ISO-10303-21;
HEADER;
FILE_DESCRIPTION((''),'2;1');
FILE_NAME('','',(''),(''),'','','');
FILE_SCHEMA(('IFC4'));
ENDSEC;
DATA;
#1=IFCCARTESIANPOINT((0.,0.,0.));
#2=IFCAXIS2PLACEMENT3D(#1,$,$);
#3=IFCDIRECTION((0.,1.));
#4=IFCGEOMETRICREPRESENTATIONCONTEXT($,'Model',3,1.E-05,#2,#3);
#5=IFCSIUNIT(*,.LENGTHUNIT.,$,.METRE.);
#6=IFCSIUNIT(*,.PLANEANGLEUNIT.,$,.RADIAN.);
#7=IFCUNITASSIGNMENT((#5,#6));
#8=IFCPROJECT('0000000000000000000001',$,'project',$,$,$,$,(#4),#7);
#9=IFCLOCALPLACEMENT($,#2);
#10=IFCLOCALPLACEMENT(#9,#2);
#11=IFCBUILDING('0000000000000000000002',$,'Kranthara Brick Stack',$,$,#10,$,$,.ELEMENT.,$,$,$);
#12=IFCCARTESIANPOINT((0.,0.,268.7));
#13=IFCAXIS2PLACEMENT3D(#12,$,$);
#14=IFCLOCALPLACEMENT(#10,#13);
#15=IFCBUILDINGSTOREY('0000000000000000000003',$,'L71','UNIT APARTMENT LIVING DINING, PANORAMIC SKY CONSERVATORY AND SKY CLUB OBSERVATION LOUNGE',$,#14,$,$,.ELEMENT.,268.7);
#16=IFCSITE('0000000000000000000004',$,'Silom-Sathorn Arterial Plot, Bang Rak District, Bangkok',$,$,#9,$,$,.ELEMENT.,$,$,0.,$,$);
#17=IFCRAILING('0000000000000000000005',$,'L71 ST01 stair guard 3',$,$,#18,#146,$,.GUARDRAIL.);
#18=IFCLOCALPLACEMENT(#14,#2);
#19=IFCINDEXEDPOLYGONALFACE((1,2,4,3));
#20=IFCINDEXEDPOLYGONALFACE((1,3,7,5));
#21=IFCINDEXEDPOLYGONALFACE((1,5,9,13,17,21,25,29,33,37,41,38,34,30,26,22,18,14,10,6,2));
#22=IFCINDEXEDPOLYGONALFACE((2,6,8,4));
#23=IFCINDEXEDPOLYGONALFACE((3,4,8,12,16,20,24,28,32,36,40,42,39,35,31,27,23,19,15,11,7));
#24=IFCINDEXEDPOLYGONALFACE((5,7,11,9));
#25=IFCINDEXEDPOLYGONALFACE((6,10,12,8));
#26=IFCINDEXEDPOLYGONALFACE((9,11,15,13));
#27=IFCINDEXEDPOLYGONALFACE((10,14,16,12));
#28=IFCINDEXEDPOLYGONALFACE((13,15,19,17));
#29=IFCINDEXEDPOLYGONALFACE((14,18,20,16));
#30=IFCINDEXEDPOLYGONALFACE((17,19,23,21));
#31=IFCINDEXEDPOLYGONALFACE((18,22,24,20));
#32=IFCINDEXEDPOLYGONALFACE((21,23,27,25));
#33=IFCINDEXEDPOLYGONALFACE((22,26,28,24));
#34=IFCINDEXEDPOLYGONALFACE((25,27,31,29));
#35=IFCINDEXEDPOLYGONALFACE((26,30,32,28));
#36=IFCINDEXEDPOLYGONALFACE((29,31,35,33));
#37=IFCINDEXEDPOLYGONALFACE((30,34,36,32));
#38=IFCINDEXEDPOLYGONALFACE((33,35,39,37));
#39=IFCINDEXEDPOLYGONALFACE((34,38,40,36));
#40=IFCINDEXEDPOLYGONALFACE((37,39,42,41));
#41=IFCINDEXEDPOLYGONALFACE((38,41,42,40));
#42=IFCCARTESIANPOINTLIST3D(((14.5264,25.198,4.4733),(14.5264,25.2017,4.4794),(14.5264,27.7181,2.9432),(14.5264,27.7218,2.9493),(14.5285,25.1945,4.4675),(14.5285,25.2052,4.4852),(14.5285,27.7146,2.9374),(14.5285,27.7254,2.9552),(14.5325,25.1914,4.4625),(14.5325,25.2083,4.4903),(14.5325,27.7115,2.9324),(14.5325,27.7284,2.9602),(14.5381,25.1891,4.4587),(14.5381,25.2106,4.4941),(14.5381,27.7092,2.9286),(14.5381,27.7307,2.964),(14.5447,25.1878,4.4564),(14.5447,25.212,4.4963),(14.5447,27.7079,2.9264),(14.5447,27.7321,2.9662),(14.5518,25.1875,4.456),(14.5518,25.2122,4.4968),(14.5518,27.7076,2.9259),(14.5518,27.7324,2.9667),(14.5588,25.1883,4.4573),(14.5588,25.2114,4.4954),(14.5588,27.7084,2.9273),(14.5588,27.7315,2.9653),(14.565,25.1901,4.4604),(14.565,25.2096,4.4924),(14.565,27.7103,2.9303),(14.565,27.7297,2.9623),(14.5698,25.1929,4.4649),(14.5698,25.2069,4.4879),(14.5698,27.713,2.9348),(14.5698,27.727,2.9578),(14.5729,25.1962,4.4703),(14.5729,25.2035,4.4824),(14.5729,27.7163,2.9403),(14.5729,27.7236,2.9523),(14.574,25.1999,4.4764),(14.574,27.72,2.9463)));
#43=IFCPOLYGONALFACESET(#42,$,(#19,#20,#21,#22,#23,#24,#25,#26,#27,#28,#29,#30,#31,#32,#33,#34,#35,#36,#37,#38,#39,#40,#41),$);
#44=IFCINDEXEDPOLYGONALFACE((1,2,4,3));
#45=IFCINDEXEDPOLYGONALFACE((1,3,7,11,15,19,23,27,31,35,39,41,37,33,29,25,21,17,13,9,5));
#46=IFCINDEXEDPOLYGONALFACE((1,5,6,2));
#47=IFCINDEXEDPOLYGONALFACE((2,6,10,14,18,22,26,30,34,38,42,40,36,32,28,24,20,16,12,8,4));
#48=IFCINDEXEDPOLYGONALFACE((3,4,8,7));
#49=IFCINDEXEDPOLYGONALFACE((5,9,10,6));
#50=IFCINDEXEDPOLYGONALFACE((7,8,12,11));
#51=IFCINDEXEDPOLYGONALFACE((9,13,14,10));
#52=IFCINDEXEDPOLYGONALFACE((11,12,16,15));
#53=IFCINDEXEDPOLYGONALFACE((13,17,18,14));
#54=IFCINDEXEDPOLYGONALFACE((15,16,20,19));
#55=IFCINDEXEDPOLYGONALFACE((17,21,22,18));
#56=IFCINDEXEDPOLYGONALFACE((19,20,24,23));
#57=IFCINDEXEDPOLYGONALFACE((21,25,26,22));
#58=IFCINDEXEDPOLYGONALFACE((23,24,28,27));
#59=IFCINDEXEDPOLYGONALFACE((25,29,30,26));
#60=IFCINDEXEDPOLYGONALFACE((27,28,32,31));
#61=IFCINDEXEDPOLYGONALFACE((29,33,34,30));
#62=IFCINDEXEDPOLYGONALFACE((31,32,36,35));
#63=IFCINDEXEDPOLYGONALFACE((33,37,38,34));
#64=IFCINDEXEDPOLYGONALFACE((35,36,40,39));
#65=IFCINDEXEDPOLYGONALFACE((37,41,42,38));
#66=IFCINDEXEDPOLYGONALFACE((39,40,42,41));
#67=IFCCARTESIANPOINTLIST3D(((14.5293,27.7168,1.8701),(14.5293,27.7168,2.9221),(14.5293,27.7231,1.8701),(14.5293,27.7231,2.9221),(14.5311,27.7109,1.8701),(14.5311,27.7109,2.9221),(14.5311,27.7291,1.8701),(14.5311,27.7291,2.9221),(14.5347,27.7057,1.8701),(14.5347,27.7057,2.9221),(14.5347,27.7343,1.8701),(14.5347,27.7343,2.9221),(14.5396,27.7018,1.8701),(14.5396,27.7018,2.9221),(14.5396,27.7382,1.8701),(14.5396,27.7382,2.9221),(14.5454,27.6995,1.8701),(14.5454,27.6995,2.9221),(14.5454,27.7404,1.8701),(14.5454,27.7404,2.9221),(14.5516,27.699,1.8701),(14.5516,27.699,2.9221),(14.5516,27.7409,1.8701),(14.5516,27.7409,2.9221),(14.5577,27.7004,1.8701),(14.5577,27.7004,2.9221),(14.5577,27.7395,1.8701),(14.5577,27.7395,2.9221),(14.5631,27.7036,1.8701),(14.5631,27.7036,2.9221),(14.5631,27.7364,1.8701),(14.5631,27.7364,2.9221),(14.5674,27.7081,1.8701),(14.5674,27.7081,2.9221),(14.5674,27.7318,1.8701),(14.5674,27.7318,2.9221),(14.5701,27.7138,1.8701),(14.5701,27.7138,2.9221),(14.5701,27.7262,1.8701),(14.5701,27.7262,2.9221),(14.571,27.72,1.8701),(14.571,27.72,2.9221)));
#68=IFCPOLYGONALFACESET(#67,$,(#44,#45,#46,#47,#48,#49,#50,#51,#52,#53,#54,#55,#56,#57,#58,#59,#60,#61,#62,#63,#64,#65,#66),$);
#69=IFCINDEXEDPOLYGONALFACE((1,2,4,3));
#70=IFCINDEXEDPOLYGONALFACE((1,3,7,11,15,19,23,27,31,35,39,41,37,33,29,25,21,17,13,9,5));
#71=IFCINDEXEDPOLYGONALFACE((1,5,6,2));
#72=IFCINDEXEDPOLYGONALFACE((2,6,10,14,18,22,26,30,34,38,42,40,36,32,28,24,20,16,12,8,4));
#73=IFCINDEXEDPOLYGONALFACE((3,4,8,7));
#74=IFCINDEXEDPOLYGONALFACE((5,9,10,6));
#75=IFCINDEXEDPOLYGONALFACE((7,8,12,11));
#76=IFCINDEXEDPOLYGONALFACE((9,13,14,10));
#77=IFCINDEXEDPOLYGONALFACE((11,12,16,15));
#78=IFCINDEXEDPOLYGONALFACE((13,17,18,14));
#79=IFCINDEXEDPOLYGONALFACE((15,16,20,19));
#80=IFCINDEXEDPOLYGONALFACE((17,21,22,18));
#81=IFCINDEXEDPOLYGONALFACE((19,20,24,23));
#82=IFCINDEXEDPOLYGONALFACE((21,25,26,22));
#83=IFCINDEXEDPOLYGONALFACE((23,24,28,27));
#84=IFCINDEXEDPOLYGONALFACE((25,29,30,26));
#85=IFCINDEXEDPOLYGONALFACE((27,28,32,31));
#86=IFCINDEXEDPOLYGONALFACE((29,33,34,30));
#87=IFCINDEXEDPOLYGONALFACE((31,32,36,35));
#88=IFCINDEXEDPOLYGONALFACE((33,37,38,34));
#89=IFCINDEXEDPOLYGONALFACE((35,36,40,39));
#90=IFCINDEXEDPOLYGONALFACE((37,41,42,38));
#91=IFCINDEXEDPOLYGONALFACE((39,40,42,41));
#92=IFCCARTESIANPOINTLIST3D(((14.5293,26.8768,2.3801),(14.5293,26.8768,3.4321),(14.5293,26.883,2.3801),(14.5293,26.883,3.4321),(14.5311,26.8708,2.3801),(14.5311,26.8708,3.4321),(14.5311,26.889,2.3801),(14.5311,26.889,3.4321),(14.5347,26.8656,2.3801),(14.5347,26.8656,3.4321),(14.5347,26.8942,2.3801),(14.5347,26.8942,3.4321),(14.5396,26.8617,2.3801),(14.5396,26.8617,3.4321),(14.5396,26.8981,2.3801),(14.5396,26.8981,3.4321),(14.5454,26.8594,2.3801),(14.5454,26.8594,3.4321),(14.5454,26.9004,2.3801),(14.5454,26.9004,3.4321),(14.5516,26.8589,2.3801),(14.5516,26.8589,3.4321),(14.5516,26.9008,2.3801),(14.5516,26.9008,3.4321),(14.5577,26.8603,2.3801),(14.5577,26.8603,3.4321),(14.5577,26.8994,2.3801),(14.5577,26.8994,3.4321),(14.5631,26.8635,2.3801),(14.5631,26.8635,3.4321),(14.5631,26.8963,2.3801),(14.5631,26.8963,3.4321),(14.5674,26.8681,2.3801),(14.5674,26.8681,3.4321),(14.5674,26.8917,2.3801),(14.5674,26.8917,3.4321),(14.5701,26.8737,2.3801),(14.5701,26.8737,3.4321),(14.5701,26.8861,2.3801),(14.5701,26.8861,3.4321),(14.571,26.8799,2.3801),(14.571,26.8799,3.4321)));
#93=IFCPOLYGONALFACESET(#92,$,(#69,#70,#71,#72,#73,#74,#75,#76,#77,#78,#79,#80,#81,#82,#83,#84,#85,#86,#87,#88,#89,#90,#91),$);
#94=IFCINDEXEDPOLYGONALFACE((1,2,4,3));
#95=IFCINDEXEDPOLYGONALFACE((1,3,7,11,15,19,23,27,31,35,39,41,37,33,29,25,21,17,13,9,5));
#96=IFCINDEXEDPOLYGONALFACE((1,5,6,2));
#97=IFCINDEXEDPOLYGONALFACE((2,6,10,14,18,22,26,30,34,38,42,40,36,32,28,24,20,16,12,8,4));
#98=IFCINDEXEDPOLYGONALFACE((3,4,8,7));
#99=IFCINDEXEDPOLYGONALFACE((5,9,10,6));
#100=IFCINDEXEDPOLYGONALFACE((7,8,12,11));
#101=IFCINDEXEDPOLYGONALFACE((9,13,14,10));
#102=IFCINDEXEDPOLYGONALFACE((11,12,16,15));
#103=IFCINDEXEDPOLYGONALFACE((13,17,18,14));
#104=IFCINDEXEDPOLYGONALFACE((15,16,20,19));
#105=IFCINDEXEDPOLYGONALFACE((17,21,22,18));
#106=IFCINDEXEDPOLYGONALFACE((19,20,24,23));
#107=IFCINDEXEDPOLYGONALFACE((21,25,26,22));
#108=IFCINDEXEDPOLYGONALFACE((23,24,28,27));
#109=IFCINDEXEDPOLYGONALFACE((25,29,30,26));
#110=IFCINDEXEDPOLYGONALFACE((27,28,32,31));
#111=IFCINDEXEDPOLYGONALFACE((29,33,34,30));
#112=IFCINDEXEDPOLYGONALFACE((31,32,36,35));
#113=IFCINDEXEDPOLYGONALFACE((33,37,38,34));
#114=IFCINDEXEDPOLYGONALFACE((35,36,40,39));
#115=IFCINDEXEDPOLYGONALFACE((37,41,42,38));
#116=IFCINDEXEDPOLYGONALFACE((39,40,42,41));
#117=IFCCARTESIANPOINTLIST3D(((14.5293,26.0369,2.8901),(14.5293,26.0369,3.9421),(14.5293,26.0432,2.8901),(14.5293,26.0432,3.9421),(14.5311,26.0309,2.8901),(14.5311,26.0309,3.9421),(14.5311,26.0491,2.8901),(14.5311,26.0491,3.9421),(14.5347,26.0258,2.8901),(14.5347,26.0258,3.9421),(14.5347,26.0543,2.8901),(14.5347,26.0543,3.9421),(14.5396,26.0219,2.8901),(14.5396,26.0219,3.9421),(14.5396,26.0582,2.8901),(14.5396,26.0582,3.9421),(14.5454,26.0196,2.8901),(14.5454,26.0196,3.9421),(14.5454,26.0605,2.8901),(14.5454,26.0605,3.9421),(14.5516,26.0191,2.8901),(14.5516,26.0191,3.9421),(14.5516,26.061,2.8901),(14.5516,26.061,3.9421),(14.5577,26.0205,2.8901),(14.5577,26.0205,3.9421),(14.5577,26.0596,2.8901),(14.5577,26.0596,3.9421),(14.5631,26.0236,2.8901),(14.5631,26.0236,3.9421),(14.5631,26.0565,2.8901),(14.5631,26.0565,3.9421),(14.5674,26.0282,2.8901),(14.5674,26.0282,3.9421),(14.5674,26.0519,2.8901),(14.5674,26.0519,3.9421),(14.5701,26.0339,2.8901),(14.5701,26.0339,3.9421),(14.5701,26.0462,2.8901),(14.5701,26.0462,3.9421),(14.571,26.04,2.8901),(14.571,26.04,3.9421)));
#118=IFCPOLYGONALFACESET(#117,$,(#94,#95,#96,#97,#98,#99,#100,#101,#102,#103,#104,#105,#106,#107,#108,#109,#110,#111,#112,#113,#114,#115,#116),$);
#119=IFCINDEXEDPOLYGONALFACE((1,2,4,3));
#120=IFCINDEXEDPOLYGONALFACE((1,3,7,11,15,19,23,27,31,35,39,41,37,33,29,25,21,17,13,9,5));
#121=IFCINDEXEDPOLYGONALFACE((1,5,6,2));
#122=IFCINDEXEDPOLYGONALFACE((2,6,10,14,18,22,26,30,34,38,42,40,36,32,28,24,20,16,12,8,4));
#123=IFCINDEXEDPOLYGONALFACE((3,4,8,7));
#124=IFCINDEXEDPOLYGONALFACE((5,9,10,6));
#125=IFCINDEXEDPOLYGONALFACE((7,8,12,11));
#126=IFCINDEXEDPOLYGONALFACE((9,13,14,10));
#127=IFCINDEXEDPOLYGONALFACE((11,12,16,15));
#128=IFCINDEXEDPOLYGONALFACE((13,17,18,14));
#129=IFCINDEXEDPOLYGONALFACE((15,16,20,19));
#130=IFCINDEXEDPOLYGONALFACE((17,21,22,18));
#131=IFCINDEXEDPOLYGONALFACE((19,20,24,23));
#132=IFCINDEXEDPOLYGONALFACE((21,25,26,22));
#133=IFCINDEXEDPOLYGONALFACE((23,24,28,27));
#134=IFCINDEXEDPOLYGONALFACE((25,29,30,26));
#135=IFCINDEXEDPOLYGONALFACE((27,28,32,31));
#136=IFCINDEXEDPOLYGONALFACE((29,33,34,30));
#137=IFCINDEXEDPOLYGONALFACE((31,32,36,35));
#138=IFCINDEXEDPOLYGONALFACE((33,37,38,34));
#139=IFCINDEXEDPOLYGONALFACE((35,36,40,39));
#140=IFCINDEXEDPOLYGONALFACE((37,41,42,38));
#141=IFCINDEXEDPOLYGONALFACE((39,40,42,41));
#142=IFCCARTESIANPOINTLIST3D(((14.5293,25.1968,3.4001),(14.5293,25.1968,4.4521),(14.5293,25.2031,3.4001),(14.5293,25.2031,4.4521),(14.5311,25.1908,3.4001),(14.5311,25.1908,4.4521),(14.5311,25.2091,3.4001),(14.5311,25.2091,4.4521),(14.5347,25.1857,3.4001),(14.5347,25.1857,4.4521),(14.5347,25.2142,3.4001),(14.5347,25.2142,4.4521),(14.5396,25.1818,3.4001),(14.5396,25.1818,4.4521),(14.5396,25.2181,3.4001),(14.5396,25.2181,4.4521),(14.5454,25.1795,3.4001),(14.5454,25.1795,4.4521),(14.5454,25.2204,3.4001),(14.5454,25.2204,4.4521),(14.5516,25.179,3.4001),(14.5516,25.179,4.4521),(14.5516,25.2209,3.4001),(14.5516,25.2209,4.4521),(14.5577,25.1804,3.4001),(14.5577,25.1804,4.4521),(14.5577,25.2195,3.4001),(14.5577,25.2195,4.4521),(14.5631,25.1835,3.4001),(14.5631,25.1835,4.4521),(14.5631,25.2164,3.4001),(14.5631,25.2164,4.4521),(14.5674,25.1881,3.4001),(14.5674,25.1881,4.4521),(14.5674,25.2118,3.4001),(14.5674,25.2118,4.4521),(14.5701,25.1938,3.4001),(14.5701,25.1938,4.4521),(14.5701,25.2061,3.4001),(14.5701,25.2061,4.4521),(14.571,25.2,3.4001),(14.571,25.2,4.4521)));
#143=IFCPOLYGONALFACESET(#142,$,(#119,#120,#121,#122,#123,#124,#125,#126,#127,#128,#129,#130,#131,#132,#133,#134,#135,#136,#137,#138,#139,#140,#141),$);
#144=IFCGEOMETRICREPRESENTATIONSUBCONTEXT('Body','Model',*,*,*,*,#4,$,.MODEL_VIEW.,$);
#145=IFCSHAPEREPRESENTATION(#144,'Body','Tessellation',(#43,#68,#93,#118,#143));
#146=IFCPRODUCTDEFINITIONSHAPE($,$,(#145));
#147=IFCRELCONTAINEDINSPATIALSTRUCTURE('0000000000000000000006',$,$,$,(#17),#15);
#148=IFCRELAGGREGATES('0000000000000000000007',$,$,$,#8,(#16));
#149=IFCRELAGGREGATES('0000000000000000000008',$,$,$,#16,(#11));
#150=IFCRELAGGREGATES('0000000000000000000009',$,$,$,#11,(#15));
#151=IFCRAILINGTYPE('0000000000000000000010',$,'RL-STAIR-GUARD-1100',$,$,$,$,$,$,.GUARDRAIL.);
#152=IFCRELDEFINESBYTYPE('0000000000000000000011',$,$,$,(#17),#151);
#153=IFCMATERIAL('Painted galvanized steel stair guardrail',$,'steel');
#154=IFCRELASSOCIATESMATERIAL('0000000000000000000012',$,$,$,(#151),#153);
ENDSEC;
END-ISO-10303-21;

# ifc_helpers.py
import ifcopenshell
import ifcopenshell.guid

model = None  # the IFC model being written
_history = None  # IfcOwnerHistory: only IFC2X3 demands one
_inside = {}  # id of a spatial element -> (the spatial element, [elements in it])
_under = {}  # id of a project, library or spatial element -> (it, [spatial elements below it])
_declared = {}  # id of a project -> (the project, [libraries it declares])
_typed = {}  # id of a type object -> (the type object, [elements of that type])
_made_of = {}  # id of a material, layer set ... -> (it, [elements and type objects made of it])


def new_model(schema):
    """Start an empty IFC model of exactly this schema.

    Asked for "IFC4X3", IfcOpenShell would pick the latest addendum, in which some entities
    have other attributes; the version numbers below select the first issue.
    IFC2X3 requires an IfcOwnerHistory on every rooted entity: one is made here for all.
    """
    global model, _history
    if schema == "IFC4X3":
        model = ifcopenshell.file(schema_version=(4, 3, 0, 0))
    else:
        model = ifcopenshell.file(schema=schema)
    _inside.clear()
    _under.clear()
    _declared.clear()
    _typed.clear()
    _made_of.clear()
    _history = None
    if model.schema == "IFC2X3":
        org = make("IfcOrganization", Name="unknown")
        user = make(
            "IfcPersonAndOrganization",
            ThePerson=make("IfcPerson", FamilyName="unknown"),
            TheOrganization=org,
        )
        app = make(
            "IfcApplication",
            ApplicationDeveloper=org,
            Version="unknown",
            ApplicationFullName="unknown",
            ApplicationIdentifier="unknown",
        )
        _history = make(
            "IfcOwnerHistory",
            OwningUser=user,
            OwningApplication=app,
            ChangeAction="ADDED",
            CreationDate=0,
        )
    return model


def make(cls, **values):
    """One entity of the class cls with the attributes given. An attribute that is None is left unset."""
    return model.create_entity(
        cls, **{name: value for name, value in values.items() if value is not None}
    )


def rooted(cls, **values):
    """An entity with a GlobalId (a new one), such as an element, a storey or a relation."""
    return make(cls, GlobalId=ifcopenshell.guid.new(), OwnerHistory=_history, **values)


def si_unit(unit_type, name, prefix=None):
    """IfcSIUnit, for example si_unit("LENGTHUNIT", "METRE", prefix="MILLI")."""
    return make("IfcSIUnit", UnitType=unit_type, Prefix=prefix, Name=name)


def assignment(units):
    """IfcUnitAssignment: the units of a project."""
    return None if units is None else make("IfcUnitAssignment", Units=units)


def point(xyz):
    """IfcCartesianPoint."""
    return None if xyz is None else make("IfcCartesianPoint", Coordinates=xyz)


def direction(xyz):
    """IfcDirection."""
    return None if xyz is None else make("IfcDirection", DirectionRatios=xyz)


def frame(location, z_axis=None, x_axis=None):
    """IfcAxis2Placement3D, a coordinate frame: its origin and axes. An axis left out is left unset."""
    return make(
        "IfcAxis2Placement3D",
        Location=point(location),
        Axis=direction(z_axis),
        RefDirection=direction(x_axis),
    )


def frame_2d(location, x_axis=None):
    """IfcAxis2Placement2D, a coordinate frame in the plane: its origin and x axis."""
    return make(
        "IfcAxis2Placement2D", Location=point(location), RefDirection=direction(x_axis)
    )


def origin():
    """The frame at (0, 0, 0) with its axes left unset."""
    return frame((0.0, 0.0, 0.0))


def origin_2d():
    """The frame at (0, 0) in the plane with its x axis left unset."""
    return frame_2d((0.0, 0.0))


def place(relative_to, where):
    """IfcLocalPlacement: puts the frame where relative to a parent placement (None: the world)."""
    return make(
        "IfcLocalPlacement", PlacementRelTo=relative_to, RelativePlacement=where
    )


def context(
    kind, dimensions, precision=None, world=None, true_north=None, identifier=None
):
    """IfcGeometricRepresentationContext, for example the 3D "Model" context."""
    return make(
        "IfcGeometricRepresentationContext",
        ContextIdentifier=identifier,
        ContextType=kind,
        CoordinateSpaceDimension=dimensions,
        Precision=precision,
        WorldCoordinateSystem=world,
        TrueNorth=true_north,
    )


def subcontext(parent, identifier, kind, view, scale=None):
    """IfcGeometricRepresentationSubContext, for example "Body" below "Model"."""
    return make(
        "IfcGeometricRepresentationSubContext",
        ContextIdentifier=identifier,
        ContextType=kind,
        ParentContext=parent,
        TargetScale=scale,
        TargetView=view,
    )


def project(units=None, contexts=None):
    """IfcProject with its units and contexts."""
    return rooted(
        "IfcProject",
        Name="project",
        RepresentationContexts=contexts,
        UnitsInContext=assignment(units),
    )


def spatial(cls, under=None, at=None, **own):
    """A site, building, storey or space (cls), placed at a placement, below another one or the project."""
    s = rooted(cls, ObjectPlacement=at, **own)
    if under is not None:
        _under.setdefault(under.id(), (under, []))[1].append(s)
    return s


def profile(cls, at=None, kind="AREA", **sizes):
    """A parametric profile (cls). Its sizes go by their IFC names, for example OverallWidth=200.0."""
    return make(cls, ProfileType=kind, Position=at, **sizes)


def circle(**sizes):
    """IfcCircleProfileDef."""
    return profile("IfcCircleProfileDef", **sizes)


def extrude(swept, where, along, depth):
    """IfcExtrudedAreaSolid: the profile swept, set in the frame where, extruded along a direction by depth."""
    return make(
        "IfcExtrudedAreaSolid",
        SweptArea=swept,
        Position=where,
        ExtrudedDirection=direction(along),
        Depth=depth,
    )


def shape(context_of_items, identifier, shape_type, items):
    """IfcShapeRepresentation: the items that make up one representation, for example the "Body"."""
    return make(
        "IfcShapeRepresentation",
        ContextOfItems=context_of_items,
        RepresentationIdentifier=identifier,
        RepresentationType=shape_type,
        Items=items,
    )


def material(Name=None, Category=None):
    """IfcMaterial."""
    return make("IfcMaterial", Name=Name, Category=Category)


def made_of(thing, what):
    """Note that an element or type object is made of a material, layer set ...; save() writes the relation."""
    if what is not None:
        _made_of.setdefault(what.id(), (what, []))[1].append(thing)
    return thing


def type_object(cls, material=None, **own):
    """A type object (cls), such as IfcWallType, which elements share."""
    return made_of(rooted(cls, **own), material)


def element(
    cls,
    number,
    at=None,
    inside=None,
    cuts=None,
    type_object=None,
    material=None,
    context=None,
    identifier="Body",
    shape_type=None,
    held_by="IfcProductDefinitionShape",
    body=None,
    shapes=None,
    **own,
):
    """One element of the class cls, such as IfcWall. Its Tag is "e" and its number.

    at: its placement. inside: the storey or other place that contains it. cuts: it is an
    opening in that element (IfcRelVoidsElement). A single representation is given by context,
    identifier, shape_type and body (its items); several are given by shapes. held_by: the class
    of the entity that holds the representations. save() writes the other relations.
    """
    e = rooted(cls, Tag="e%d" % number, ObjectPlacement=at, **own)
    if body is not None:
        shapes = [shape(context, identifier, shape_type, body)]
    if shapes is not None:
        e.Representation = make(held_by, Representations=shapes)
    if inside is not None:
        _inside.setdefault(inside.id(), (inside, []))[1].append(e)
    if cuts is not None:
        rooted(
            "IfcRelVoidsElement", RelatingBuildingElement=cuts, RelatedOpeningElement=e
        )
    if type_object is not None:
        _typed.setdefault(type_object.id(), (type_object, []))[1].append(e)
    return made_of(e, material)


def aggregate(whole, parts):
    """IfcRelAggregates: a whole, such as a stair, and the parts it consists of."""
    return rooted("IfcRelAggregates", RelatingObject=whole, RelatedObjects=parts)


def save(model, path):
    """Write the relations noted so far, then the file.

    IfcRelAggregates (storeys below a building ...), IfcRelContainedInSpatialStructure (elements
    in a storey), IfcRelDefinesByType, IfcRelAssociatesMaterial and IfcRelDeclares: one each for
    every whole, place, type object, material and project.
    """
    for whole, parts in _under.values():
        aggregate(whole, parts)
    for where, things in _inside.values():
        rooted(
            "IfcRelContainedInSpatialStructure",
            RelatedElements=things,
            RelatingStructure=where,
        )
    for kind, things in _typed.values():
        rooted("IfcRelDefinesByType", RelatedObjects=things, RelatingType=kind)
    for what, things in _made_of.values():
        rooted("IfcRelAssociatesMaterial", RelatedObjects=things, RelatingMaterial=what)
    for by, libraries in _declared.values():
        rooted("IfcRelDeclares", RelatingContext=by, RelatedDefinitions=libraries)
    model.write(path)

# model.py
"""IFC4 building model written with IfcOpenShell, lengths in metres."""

from ifc_helpers import new_model, si_unit, direction, frame, origin, origin_2d, place, context, subcontext, project, spatial, circle, extrude, material, type_object, element, save


model = new_model("IFC4")

# Units and contexts
model_context = context("Model", 3, precision=1e-05, world=origin(), true_north=direction((0.0, 1.0)))
body_context = subcontext(model_context, "Body", "Model", "MODEL_VIEW")
ifc_project = project(units=[si_unit("LENGTHUNIT", "METRE"), si_unit("PLANEANGLEUNIT", "RADIAN")], contexts=[model_context])

# Site, building, storey
site_placement = place(None, origin())
site = spatial("IfcSite", under=ifc_project, at=site_placement, Name="Silom-Sathorn Arterial Plot, Bang Rak District, Bangkok", CompositionType="ELEMENT", RefElevation=0.0)
building_placement = place(site_placement, origin())
building = spatial("IfcBuilding", under=site, at=building_placement, Name="Kranthara Brick Stack", CompositionType="ELEMENT")
storey_placement = place(building_placement, frame((0.0, 0.0, 268.7)))
storey = spatial("IfcBuildingStorey", under=building, at=storey_placement, Name="L71", Description="UNIT APARTMENT LIVING DINING, PANORAMIC SKY CONSERVATORY AND SKY CLUB OBSERVATION LOUNGE", CompositionType="ELEMENT", Elevation=268.7)

# Railing
ifc_material_1 = material(Name="Painted galvanized steel stair guardrail", Category="steel")
railing_type_1 = type_object("IfcRailingType", Name="RL-STAIR-GUARD-1100", PredefinedType="GUARDRAIL", material=ifc_material_1)
railing_1_placement = place(storey_placement, frame((14.55, 27.72, 1.8701)))
element("IfcRailing", 1, at=railing_1_placement, inside=storey, type_object=railing_type_1, Name="L71 ST01 stair guard 3", PredefinedType="GUARDRAIL", context=body_context, shape_type="SweptSolid", body=[
    extrude(circle(Radius=0.0239, at=origin_2d()), frame((0.0, 0.0, 1.0762), z_axis=(0.0, -0.854785, 0.518982), x_axis=(1.0, 0.0, 0.0)), (0.0, 0.0, 1.0), 2.9482),
    extrude(circle(Radius=0.021, at=origin_2d()), origin(), (0.0, 0.0, 1.0), 1.052),
    extrude(circle(Radius=0.021, at=origin_2d()), frame((0.0, -0.8401, 0.51)), (0.0, 0.0, 1.0), 1.052),
    extrude(circle(Radius=0.021, at=origin_2d()), frame((0.0, -1.6799, 1.02)), (0.0, 0.0, 1.0), 1.052),
    extrude(circle(Radius=0.021, at=origin_2d()), frame((0.0, -2.52, 1.53)), (0.0, 0.0, 1.0), 1.052),
])

save(model, "model.ifc")
